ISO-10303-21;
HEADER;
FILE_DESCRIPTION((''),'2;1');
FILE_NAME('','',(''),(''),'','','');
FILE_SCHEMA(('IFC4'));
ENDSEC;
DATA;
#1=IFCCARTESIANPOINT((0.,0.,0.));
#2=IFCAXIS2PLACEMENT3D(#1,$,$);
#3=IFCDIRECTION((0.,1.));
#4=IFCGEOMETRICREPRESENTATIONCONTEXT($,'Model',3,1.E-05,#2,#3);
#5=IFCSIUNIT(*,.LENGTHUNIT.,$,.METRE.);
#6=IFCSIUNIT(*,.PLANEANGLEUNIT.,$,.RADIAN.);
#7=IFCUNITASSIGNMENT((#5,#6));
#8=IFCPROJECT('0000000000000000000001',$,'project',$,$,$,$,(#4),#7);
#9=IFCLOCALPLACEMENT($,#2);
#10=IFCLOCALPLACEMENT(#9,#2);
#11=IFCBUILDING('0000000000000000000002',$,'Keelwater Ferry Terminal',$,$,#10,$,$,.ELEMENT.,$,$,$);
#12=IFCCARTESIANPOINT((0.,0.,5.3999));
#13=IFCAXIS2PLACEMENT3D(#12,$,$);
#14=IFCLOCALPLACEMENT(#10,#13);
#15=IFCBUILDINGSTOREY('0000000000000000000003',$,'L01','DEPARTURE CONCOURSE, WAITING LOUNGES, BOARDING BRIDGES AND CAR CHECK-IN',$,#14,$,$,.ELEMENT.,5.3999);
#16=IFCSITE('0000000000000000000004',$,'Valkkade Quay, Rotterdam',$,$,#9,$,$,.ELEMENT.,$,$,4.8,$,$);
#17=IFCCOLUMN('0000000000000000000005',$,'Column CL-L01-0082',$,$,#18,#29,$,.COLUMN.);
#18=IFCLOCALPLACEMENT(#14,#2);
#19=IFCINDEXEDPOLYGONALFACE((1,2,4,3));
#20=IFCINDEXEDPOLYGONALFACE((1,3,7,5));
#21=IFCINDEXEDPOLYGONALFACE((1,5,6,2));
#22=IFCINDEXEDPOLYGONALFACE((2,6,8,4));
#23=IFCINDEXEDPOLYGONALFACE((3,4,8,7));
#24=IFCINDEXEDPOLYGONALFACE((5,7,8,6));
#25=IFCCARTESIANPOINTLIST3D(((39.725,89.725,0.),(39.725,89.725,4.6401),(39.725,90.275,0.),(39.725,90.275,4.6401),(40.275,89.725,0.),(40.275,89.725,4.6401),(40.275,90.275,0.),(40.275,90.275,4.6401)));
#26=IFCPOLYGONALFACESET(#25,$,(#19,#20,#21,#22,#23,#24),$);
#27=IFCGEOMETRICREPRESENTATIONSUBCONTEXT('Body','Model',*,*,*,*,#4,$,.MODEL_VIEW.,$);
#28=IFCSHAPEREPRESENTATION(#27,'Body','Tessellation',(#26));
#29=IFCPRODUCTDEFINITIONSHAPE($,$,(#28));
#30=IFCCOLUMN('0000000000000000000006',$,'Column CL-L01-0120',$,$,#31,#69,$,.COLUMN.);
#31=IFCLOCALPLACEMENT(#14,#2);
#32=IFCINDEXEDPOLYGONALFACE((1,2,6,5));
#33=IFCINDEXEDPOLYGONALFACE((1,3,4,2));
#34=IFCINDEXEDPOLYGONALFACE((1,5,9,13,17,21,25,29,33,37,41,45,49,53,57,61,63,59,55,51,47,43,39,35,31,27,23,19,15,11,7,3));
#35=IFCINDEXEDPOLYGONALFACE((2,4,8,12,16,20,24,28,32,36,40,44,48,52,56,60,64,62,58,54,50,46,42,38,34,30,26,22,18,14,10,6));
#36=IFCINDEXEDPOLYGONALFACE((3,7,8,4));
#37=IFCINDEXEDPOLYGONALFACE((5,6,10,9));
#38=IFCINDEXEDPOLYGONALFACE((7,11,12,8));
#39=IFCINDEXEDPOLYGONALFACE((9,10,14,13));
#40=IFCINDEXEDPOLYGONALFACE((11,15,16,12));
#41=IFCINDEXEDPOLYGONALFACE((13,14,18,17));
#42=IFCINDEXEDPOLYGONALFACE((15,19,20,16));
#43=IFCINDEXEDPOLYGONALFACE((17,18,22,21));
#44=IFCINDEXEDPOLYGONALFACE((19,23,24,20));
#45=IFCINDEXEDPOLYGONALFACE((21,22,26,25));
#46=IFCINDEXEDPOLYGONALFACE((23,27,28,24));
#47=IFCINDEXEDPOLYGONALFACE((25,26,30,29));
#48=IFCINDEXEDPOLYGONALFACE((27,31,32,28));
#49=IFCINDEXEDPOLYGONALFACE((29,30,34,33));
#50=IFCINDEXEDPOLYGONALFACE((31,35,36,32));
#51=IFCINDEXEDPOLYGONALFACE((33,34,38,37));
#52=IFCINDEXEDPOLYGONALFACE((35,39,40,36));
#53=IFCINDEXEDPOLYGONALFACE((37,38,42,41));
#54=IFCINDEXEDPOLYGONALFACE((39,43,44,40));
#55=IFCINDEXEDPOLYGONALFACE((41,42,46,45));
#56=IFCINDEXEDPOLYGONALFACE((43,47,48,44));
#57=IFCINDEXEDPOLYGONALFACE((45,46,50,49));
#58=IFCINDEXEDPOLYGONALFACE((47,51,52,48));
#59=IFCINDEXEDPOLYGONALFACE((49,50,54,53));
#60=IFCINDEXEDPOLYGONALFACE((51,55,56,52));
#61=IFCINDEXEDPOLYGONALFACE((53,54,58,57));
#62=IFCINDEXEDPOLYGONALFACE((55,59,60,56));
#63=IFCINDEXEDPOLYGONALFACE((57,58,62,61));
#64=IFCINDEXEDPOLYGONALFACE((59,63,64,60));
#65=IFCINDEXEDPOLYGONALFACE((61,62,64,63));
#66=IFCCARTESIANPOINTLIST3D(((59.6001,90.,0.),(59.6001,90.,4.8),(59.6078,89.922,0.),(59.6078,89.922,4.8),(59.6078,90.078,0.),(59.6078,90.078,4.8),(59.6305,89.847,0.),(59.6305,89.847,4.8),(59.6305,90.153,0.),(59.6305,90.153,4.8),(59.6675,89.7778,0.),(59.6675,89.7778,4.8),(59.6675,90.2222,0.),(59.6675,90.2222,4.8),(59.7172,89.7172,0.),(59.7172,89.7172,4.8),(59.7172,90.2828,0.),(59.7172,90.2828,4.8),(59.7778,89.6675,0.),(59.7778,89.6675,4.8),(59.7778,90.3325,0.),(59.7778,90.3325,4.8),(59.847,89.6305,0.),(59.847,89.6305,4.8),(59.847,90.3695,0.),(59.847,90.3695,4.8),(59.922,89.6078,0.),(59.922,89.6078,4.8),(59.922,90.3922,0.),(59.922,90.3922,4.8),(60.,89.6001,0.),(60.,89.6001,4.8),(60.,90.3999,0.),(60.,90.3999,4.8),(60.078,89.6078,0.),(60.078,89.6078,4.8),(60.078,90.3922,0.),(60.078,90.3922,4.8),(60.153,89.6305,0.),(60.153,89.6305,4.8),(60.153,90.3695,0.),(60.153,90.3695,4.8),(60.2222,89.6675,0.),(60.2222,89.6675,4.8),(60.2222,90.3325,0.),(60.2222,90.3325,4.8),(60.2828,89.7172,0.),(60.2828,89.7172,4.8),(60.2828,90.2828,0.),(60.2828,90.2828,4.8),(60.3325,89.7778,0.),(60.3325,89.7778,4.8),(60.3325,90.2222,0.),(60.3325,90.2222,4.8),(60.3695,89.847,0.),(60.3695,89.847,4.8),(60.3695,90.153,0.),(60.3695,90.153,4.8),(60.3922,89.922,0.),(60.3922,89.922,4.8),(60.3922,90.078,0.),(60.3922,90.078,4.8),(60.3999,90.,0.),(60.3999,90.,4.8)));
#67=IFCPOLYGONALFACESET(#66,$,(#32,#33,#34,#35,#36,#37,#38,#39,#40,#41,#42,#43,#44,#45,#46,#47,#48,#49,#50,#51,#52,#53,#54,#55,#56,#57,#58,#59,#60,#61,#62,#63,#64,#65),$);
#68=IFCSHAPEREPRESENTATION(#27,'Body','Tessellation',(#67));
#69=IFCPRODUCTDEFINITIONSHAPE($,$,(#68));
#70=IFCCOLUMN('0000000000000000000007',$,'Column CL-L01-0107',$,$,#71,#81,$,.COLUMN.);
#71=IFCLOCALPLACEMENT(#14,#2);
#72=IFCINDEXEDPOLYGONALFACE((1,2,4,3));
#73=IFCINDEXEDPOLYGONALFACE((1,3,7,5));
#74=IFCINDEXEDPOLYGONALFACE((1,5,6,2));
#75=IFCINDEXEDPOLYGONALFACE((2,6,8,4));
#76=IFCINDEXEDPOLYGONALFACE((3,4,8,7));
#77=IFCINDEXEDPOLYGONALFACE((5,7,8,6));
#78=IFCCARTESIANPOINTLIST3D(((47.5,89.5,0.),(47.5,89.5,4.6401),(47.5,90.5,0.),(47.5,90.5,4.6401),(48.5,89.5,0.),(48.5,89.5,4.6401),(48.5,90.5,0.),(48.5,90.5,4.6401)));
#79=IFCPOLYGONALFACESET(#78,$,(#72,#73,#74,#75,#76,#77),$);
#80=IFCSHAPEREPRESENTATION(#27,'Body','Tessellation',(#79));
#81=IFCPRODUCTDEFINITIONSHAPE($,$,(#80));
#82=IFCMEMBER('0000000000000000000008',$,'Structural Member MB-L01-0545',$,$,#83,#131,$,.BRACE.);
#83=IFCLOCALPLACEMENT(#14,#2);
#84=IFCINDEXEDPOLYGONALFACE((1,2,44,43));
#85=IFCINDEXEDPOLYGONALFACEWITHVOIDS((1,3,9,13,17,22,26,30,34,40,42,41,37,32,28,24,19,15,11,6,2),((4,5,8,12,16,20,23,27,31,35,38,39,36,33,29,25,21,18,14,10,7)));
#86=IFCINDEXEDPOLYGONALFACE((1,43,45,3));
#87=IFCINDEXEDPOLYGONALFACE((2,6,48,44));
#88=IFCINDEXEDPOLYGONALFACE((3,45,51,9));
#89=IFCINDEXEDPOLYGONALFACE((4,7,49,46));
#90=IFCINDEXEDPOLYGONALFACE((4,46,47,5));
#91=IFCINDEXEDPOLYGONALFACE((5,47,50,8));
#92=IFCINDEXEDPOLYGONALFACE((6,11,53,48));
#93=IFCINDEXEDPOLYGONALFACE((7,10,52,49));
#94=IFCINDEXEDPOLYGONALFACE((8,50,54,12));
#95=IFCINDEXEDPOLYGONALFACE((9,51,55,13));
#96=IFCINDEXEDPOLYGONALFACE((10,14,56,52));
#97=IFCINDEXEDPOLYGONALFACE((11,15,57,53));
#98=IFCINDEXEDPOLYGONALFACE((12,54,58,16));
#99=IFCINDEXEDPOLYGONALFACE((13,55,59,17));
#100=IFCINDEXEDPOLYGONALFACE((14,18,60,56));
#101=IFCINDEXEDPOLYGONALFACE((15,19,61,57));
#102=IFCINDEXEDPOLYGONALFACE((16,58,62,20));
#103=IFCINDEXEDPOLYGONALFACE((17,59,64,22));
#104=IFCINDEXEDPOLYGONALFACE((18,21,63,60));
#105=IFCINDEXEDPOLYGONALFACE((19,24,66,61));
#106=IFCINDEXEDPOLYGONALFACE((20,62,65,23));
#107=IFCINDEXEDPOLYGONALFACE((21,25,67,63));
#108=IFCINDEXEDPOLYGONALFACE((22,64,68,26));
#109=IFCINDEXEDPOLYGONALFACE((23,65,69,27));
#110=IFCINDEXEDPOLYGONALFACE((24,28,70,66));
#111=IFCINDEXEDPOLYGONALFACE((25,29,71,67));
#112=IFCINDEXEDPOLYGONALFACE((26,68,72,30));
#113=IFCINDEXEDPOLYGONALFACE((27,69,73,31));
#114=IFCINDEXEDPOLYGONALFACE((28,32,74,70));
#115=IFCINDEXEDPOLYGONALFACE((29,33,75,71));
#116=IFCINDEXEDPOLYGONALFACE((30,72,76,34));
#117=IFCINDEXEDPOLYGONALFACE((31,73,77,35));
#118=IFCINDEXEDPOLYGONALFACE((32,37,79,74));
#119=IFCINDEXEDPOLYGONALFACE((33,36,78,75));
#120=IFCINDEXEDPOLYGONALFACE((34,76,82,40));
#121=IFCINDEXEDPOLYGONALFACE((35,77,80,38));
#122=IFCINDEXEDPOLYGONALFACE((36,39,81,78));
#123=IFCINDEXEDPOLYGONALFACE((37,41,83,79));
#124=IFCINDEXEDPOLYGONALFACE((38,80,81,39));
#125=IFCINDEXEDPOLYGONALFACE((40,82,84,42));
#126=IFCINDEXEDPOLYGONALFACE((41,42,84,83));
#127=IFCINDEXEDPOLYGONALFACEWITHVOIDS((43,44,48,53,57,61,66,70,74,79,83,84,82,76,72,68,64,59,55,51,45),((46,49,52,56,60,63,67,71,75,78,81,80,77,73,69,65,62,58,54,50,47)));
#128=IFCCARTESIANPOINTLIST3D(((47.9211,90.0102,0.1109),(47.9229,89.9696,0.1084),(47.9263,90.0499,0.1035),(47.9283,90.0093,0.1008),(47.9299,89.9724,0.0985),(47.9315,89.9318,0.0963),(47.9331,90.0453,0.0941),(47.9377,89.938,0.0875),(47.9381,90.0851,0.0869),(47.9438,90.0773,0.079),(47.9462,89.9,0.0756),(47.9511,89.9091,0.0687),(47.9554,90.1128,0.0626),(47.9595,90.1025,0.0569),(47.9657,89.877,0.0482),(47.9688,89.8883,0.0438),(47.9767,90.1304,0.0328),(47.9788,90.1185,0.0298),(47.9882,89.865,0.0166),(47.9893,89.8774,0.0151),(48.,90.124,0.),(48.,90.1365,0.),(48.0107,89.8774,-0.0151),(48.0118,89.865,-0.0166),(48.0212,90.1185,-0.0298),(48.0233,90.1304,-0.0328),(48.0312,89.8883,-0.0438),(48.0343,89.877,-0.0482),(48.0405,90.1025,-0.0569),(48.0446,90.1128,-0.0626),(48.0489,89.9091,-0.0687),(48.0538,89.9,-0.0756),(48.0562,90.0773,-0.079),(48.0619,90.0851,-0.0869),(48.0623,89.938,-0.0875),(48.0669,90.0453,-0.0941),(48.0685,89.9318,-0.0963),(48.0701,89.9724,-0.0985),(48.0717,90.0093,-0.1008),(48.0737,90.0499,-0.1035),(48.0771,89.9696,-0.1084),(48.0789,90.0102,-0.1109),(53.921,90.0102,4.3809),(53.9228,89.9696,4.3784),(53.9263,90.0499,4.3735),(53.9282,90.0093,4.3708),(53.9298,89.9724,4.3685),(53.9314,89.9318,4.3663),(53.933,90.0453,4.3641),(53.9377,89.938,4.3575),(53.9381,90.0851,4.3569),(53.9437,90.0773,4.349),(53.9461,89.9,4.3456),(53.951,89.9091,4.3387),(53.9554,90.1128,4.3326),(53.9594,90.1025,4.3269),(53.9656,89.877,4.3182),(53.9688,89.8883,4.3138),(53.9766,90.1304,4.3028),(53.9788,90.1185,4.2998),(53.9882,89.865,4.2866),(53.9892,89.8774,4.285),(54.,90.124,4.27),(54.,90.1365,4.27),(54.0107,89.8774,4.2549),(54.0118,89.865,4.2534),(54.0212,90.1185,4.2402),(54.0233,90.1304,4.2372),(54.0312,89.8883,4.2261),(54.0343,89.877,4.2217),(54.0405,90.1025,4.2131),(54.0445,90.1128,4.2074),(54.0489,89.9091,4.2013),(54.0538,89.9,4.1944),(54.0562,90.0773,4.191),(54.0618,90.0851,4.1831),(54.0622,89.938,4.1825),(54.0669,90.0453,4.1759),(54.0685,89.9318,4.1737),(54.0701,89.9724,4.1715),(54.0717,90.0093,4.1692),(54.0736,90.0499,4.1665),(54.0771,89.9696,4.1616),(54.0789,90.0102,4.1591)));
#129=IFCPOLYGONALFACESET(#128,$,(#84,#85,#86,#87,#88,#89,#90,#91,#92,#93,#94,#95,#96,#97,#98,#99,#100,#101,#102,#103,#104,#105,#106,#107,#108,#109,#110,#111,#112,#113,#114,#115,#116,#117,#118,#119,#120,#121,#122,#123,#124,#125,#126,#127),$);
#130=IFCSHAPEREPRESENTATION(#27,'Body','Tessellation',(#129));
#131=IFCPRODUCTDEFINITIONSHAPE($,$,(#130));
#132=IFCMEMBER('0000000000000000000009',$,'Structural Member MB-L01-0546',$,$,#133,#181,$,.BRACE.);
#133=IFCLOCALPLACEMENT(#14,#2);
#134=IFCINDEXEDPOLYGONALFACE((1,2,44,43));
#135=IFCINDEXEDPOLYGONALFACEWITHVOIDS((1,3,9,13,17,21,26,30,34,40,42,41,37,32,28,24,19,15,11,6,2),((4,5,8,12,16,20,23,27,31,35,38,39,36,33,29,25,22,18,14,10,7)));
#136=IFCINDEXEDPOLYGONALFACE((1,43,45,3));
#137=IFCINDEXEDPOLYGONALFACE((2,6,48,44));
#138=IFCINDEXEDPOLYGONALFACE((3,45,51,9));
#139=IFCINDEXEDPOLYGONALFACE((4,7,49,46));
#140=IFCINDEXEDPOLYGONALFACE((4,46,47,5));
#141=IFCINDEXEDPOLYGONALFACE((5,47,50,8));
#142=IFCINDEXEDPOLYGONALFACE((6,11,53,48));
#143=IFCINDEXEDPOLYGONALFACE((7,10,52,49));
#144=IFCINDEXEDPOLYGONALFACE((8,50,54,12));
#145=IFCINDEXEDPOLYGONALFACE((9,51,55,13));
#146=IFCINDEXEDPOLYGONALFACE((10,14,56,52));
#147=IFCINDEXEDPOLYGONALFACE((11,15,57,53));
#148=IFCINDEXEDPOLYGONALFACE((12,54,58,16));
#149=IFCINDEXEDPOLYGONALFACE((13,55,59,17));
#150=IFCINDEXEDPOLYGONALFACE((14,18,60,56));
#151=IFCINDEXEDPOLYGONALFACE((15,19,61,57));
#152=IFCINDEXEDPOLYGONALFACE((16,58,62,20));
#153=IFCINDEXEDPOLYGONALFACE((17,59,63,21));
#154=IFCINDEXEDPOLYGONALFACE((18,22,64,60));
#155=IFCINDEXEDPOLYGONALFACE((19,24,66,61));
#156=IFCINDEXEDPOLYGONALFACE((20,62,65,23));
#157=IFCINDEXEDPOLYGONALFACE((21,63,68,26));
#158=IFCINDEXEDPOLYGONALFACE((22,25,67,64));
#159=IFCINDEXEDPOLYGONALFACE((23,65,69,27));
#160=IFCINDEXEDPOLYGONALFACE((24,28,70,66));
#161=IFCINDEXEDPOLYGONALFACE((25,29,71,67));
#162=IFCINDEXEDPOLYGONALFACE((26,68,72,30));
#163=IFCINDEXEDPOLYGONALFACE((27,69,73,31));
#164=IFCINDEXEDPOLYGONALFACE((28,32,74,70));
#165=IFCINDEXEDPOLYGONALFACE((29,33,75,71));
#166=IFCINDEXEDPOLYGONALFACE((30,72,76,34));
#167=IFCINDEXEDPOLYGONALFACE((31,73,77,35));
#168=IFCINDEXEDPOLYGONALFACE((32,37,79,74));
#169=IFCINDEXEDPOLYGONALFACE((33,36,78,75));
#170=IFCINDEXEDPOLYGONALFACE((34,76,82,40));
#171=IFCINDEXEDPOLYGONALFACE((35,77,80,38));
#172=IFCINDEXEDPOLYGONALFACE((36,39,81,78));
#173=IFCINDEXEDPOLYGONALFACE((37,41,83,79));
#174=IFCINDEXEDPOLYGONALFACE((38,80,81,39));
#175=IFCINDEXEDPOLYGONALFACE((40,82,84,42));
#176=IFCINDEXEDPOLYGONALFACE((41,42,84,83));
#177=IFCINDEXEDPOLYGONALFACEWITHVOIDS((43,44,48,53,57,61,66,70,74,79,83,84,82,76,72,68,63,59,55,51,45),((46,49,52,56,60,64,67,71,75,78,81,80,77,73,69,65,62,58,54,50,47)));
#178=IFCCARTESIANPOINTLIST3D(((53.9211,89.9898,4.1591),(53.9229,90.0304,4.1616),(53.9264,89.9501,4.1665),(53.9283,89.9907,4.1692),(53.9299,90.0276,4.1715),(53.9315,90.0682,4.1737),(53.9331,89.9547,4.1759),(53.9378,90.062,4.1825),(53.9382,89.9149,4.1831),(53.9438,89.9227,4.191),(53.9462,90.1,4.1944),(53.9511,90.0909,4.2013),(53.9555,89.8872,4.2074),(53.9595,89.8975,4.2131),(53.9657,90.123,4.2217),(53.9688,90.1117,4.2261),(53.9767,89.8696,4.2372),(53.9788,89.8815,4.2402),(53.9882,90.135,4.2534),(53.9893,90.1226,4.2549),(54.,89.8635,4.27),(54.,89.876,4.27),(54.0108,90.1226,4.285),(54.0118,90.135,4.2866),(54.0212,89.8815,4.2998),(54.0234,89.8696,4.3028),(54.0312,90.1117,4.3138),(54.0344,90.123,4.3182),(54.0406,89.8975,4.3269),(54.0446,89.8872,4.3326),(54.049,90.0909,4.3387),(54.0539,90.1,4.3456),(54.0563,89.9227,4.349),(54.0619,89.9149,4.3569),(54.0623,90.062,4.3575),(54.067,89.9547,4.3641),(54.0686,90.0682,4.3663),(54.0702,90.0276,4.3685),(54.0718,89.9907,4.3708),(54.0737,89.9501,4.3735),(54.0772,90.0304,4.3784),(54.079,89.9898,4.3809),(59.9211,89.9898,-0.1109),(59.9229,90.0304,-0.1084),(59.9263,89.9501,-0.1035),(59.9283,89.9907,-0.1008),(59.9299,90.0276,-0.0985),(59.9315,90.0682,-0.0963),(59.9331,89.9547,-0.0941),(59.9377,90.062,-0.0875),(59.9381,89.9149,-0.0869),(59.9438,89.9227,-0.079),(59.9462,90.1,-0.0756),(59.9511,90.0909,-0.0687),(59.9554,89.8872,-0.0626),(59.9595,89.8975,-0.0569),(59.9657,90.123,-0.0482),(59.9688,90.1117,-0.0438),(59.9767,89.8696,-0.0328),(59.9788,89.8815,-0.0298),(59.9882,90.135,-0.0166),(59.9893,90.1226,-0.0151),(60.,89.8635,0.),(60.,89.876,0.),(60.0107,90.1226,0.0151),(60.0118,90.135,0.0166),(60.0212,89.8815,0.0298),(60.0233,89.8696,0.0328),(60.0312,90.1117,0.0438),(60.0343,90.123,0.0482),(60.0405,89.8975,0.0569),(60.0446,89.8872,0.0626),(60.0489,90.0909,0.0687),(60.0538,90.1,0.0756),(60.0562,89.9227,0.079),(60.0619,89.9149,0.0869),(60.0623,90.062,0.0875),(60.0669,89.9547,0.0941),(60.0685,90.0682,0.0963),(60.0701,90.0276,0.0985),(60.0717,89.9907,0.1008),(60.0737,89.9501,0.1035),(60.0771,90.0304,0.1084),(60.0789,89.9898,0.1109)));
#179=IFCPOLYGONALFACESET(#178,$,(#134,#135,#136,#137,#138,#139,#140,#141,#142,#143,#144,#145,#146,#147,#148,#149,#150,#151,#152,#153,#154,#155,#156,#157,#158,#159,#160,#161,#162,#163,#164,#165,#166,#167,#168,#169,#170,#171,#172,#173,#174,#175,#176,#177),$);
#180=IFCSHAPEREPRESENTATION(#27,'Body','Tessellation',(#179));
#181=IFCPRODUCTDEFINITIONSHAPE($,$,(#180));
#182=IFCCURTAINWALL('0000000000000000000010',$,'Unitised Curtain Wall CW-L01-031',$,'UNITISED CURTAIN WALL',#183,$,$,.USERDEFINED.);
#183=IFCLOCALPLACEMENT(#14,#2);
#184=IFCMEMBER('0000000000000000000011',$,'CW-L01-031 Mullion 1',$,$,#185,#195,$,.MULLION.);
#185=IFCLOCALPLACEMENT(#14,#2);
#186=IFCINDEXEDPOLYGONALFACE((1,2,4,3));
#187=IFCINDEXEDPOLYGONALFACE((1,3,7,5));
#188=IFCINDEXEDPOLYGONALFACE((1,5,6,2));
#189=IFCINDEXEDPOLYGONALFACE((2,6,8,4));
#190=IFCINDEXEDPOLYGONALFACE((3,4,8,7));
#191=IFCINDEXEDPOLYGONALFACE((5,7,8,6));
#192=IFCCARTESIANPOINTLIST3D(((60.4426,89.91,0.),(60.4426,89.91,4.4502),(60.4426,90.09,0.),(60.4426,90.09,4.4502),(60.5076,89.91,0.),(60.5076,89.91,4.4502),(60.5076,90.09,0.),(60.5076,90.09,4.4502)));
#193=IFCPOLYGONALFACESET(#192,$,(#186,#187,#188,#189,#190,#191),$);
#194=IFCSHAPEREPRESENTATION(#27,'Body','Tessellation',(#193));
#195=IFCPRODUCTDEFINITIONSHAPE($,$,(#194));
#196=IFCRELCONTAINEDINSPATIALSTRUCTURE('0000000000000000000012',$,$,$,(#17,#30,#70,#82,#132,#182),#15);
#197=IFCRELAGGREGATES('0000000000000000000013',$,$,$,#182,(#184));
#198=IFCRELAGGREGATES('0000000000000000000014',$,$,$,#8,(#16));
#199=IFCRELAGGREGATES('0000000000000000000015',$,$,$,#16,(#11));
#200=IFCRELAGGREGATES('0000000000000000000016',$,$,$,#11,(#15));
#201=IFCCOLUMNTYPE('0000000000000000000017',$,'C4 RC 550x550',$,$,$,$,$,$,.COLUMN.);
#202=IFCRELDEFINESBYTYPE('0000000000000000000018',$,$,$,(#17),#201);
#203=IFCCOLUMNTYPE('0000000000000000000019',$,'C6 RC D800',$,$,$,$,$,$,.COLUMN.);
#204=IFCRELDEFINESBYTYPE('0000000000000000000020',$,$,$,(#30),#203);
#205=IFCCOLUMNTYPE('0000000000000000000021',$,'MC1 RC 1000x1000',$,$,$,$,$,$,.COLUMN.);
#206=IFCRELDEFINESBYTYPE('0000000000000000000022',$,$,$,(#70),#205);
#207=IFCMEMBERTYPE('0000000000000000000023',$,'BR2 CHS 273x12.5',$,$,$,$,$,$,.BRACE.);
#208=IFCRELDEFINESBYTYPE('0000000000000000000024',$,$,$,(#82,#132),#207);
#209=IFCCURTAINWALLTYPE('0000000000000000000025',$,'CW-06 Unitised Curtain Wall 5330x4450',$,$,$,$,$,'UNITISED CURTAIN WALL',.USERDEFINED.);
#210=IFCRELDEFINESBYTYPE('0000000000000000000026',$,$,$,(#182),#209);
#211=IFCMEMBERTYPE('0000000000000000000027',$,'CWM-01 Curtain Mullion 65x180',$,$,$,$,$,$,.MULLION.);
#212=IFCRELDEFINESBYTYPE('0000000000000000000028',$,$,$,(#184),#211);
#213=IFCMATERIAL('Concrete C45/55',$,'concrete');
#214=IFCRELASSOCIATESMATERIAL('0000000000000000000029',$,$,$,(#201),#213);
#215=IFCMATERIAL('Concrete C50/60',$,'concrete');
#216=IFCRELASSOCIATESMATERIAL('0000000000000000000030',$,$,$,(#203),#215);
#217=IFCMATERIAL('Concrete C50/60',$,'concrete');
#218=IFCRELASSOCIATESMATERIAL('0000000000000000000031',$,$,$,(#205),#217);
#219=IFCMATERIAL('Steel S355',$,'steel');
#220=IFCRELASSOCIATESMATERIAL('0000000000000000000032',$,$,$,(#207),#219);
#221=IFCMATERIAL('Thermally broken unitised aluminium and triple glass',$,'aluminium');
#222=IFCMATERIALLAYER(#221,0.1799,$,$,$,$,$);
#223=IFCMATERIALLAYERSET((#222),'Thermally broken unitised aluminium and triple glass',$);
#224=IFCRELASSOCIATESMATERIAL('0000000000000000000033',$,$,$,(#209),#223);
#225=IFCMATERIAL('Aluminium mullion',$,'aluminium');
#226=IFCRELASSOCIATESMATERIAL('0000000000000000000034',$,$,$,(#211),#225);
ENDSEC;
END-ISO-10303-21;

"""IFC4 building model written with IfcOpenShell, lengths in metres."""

from ifc_helpers import new_model, si_unit, direction, frame, origin, origin_2d, place, context, subcontext, project, spatial, rectangle, circle, hollow_circle, extrude, material, layer, layer_set, material_profile, profile_set, type_object, element, aggregate, save


model = new_model("IFC4")

# Units and contexts
model_context = context("Model", 3, precision=1e-05, world=origin(), true_north=direction((0.0, 1.0)))
body_context = subcontext(model_context, "Body", "Model", "MODEL_VIEW")
ifc_project = project(units=[si_unit("LENGTHUNIT", "METRE"), si_unit("PLANEANGLEUNIT", "RADIAN")], contexts=[model_context])

# Site, building, storey
site_placement = place(None, origin())
site = spatial("IfcSite", under=ifc_project, at=site_placement, Name="Valkkade Quay, Rotterdam", CompositionType="ELEMENT", RefElevation=4.8)
building_placement = place(site_placement, origin())
building = spatial("IfcBuilding", under=site, at=building_placement, Name="Keelwater Ferry Terminal", CompositionType="ELEMENT")
storey_placement = place(building_placement, frame((0.0, 0.0, 5.3999)))
storey = spatial("IfcBuildingStorey", under=building, at=storey_placement, Name="L01", Description="DEPARTURE CONCOURSE, WAITING LOUNGES, BOARDING BRIDGES AND CAR CHECK-IN", CompositionType="ELEMENT", Elevation=5.3999)

# Columns
ifc_material_1 = material(Name="Concrete C45/55", Category="concrete")
ifc_material_profile_1 = material_profile(ifc_material_1, rectangle(XDim=0.55, YDim=0.55, at=origin_2d()), Name="RC 550x550")
ifc_profile_set_1 = profile_set([ifc_material_profile_1], Name="Concrete C45/55")
column_type_1 = type_object("IfcColumnType", Name="C4 RC 550x550", PredefinedType="COLUMN", material=ifc_profile_set_1)
column_1_placement = place(storey_placement, frame((40.0, 90.0, 0.0), z_axis=(0.0, 0.0, 1.0), x_axis=(1.0, 0.0, 0.0)))
element("IfcColumn", 1, at=column_1_placement, inside=storey, type_object=column_type_1, Name="Column CL-L01-0082", PredefinedType="COLUMN", context=body_context, shape_type="SweptSolid", body=[
    extrude(rectangle(XDim=0.55, YDim=0.55, at=origin_2d()), origin(), (0.0, 0.0, 1.0), 4.6401),
])
ifc_material_2 = material(Name="Concrete C50/60", Category="concrete")
ifc_material_profile_2 = material_profile(ifc_material_2, circle(Radius=0.3999, at=origin_2d()), Name="RC D800")
ifc_profile_set_2 = profile_set([ifc_material_profile_2], Name="Concrete C50/60")
column_type_2 = type_object("IfcColumnType", Name="C6 RC D800", PredefinedType="COLUMN", material=ifc_profile_set_2)
column_2_placement = place(storey_placement, frame((60.0, 90.0, 0.0), z_axis=(0.0, 0.0, 1.0), x_axis=(1.0, 0.0, 0.0)))
element("IfcColumn", 2, at=column_2_placement, inside=storey, type_object=column_type_2, Name="Column CL-L01-0120", PredefinedType="COLUMN", context=body_context, shape_type="SweptSolid", body=[
    extrude(circle(Radius=0.3999, at=origin_2d()), origin(), (0.0, 0.0, 1.0), 4.8),
])
ifc_material_3 = material(Name="Concrete C50/60", Category="concrete")
ifc_material_profile_3 = material_profile(ifc_material_3, rectangle(XDim=1.0, YDim=1.0, at=origin_2d()), Name="RC 1000x1000")
ifc_profile_set_3 = profile_set([ifc_material_profile_3], Name="Concrete C50/60")
column_type_3 = type_object("IfcColumnType", Name="MC1 RC 1000x1000", PredefinedType="COLUMN", material=ifc_profile_set_3)
column_3_placement = place(storey_placement, frame((48.0, 90.0, 0.0), z_axis=(0.0, 0.0, 1.0), x_axis=(1.0, 0.0, 0.0)))
element("IfcColumn", 3, at=column_3_placement, inside=storey, type_object=column_type_3, Name="Column CL-L01-0107", PredefinedType="COLUMN", context=body_context, shape_type="SweptSolid", body=[
    extrude(rectangle(XDim=1.0, YDim=1.0, at=origin_2d()), origin(), (0.0, 0.0, 1.0), 4.6401),
])

# Members
ifc_material_4 = material(Name="Steel S355", Category="steel")
ifc_material_profile_4 = material_profile(ifc_material_4, hollow_circle(Radius=0.1365, WallThickness=0.0125, at=origin_2d()), Name="CHS 273x12.5")
ifc_profile_set_4 = profile_set([ifc_material_profile_4], Name="Steel S355")
member_type_1 = type_object("IfcMemberType", Name="BR2 CHS 273x12.5", PredefinedType="BRACE", material=ifc_profile_set_4)
for number, where, z_axis, x_axis, name in (
    (4, (48.0, 90.0, 0.0), (0.81474, 0.0, 0.579826), (0.0, 1.0, 0.0), "Structural Member MB-L01-0545"),
    (5, (60.0, 90.0, 0.0), (-0.81474, 0.0, 0.579826), (0.0, -1.0, 0.0), "Structural Member MB-L01-0546"),
):
    element("IfcMember", number, at=place(storey_placement, frame(where, z_axis=z_axis, x_axis=x_axis)), inside=storey, type_object=member_type_1, Name=name, PredefinedType="BRACE", context=body_context, shape_type="SweptSolid", body=[
        extrude(hollow_circle(Radius=0.1365, WallThickness=0.0125, at=origin_2d()), origin(), (0.0, 0.0, 1.0), 7.3643),
    ])

# Curtain wall, member
ifc_material_5 = material(Name="Thermally broken unitised aluminium and triple glass", Category="aluminium")
ifc_layer_1 = layer(ifc_material_5, 0.1799)
ifc_layer_set_1 = layer_set([ifc_layer_1], Name="Thermally broken unitised aluminium and triple glass")
curtain_wall_type = type_object("IfcCurtainWallType", Name="CW-06 Unitised Curtain Wall 5330x4450", ElementType="UNITISED CURTAIN WALL", PredefinedType="USERDEFINED", material=ifc_layer_set_1)
curtain_wall_placement = place(storey_placement, origin())
curtain_wall = element("IfcCurtainWall", 6, at=curtain_wall_placement, inside=storey, type_object=curtain_wall_type, Name="Unitised Curtain Wall CW-L01-031", ObjectType="UNITISED CURTAIN WALL", PredefinedType="USERDEFINED")
ifc_material_6 = material(Name="Aluminium mullion", Category="aluminium")
ifc_material_profile_5 = material_profile(ifc_material_6, rectangle(XDim=0.0649, YDim=0.1799, at=origin_2d()), Name="CWM-01")
ifc_profile_set_5 = profile_set([ifc_material_profile_5], Name="Aluminium mullion")
member_type_2 = type_object("IfcMemberType", Name="CWM-01 Curtain Mullion 65x180", PredefinedType="MULLION", material=ifc_profile_set_5)
member_1_placement = place(storey_placement, frame((60.4751, 90.0, 0.0), z_axis=(0.0, 0.0, 1.0), x_axis=(1.0, 0.0, 0.0)))
member_1 = element("IfcMember", 7, at=member_1_placement, type_object=member_type_2, Name="CW-L01-031 Mullion 1", PredefinedType="MULLION", context=body_context, shape_type="SweptSolid", body=[
    extrude(rectangle(XDim=0.0649, YDim=0.1799, at=origin_2d()), origin(), (0.0, 0.0, 1.0), 4.4502),
])

aggregate(curtain_wall, [member_1])

save(model, "model.ifc")
